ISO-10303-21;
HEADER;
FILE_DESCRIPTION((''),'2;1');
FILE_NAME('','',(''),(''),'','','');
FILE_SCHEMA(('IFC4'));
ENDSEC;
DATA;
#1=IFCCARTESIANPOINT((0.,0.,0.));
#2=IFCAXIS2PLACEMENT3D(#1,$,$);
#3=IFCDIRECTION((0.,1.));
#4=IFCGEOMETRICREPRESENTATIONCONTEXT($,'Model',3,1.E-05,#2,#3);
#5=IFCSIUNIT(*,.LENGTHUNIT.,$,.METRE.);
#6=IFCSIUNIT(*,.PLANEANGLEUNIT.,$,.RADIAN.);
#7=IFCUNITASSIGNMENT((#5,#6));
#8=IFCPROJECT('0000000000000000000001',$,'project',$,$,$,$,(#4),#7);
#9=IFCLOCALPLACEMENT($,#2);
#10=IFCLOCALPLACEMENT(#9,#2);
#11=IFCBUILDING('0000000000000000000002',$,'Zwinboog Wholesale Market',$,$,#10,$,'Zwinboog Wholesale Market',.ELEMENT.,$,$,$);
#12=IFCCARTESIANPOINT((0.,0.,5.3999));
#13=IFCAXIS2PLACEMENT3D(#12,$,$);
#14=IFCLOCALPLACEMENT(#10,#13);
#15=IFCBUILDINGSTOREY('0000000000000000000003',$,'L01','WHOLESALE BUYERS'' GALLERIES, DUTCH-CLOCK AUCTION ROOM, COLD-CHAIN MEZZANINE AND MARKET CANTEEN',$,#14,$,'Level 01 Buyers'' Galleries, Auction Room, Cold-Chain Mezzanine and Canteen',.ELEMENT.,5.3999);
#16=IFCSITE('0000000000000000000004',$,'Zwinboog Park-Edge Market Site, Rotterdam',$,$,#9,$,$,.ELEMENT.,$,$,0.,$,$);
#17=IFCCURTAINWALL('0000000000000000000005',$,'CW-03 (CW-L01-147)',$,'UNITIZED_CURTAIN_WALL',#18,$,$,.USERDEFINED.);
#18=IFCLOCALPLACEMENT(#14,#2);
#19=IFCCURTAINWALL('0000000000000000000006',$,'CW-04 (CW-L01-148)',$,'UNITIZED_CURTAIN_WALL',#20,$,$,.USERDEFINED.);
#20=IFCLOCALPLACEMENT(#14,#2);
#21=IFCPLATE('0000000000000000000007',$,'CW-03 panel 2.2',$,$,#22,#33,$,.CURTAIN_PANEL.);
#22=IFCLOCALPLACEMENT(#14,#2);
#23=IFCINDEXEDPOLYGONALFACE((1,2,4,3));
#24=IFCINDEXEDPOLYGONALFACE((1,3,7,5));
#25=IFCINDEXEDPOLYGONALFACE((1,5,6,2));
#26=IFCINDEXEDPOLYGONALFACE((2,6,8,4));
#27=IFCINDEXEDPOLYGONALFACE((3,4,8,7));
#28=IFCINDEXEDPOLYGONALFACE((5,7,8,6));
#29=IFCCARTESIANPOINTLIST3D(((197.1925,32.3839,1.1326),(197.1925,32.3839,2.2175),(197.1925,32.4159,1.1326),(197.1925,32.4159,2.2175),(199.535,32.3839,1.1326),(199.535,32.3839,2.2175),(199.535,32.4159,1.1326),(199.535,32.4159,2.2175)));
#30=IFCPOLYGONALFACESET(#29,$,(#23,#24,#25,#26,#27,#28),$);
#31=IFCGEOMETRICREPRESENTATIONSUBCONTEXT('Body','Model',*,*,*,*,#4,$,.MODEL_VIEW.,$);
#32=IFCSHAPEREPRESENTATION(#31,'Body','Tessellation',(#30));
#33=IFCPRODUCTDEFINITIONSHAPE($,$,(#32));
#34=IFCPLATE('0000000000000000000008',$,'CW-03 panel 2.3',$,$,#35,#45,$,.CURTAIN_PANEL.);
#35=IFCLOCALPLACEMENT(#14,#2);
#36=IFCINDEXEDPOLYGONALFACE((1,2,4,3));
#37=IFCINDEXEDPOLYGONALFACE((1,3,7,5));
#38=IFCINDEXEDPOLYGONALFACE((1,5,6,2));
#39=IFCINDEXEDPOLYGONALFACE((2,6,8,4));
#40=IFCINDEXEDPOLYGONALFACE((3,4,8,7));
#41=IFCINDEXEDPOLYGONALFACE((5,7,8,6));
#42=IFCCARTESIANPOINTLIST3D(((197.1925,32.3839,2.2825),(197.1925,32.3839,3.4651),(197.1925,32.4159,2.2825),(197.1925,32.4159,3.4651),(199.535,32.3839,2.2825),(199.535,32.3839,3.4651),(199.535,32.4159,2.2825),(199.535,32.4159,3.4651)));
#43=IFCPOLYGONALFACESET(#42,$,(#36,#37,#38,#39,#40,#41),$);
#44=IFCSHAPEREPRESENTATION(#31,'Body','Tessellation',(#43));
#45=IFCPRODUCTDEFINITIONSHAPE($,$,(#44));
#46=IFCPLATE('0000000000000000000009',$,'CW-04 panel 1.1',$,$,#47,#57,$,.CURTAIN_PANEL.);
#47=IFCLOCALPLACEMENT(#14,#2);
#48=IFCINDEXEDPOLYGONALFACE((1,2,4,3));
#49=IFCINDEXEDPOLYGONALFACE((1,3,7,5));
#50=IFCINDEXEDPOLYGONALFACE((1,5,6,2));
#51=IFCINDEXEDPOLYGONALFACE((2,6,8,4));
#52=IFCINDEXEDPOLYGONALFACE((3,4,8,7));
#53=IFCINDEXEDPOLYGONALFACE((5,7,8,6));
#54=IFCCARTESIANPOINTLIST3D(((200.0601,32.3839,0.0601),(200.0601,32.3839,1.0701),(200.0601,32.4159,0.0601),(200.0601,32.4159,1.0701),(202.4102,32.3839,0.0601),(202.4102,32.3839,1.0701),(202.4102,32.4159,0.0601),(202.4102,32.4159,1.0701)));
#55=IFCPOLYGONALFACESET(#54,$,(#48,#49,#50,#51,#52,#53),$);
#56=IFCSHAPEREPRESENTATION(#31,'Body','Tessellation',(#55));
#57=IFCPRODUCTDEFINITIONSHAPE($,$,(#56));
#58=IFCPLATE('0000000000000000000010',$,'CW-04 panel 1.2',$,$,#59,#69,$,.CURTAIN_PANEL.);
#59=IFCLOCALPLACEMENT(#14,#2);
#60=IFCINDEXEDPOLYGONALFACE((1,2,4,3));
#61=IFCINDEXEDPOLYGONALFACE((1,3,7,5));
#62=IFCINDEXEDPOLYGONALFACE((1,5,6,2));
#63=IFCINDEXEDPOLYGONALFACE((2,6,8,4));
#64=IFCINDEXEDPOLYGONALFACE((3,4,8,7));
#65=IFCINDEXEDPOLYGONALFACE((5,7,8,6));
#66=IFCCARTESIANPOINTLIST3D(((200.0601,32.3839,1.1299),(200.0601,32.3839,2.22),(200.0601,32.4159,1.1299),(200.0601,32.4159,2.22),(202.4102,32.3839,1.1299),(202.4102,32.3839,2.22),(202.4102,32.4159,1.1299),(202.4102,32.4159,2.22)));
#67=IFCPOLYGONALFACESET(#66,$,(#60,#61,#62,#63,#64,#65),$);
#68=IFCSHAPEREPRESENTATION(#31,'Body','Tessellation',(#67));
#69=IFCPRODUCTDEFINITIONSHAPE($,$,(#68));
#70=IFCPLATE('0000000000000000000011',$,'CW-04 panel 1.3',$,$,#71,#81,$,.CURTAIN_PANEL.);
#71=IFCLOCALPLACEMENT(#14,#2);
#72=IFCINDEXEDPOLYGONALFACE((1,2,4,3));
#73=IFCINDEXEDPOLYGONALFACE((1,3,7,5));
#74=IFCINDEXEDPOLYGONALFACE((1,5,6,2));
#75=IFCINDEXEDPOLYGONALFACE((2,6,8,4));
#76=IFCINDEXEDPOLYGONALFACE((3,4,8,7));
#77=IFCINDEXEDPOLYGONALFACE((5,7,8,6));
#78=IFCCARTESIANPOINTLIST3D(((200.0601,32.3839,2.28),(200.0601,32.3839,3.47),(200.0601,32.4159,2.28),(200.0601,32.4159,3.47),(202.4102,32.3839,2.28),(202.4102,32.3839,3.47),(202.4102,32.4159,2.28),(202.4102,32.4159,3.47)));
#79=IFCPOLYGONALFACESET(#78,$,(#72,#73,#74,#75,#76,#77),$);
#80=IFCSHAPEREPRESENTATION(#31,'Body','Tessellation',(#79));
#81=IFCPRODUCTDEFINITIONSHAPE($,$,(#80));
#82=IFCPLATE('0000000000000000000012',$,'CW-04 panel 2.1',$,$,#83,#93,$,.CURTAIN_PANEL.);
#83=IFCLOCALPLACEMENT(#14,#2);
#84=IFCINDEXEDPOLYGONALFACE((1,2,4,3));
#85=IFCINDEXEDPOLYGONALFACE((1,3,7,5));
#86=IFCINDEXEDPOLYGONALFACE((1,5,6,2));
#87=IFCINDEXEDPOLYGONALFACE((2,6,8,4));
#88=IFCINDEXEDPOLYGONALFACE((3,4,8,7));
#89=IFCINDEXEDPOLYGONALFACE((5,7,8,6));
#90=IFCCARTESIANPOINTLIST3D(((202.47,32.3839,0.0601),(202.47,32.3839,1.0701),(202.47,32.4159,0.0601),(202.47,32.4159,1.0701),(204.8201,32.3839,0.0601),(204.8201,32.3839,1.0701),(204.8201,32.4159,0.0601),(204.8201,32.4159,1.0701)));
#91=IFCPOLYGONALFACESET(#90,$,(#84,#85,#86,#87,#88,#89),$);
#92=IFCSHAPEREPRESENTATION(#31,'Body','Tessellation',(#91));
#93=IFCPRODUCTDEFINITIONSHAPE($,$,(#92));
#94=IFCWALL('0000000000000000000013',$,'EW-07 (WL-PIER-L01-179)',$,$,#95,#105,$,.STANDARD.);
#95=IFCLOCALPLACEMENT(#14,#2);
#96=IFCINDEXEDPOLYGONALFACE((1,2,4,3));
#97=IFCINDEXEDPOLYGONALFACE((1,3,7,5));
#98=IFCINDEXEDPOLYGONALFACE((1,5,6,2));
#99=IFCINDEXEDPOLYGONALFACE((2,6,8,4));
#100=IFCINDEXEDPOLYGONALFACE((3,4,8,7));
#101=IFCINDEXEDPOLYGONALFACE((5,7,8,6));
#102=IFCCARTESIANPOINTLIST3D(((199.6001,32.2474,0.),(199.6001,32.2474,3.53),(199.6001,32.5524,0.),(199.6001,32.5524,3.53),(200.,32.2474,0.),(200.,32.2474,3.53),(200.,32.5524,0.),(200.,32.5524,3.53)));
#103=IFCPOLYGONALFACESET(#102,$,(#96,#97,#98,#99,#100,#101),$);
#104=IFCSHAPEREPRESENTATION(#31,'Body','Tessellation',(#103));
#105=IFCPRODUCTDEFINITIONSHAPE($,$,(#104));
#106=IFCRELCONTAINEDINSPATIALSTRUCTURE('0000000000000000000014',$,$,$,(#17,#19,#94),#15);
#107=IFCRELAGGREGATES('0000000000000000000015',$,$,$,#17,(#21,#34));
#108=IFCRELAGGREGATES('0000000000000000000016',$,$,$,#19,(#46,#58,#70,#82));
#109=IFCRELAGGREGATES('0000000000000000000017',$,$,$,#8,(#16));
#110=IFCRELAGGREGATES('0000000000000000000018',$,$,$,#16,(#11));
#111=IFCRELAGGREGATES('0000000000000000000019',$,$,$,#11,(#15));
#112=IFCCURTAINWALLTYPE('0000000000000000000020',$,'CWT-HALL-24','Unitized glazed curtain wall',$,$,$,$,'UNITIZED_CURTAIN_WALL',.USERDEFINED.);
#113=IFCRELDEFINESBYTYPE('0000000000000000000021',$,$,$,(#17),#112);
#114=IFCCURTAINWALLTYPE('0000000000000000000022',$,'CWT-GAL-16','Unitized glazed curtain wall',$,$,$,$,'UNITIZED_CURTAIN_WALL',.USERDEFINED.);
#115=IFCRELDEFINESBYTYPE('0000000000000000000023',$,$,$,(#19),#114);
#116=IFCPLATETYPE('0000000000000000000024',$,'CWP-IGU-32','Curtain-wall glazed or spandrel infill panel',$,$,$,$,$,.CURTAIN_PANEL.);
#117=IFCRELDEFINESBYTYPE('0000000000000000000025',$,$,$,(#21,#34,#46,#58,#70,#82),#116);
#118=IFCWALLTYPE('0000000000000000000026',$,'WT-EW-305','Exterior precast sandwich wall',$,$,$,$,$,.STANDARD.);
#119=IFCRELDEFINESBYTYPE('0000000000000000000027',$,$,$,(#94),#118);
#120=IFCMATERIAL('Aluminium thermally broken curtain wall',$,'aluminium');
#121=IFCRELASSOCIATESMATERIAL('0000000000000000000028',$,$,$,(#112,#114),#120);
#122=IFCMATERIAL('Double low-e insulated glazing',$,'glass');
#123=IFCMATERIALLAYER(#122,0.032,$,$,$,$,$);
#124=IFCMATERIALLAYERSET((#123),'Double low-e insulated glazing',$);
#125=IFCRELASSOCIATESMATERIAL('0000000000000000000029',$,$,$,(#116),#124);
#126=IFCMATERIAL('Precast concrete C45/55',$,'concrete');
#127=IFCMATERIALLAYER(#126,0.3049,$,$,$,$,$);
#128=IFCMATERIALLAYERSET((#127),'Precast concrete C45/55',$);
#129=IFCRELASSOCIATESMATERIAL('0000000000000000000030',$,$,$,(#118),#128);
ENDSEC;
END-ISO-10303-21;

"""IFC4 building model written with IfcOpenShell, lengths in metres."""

from ifc_helpers import new_model, si_unit, direction, frame, frame_2d, origin, origin_2d, place, context, subcontext, project, spatial, rectangle, extrude, material, layer, layer_set, type_object, element, aggregate, save


model = new_model("IFC4")

# Units and contexts
model_context = context("Model", 3, precision=1e-05, world=origin(), true_north=direction((0.0, 1.0)))
body_context = subcontext(model_context, "Body", "Model", "MODEL_VIEW")
ifc_project = project(units=[si_unit("LENGTHUNIT", "METRE"), si_unit("PLANEANGLEUNIT", "RADIAN")], contexts=[model_context])

# Site, building, storey
site_placement = place(None, origin())
site = spatial("IfcSite", under=ifc_project, at=site_placement, Name="Zwinboog Park-Edge Market Site, Rotterdam", CompositionType="ELEMENT", RefElevation=0.0)
building_placement = place(site_placement, origin())
building = spatial("IfcBuilding", under=site, at=building_placement, Name="Zwinboog Wholesale Market", LongName="Zwinboog Wholesale Market", CompositionType="ELEMENT")
storey_placement = place(building_placement, frame((0.0, 0.0, 5.3999)))
storey = spatial("IfcBuildingStorey", under=building, at=storey_placement, Name="L01", Description="WHOLESALE BUYERS' GALLERIES, DUTCH-CLOCK AUCTION ROOM, COLD-CHAIN MEZZANINE AND MARKET CANTEEN", LongName="Level 01 Buyers' Galleries, Auction Room, Cold-Chain Mezzanine and Canteen", CompositionType="ELEMENT", Elevation=5.3999)

# Curtain wall
ifc_material_1 = material(Name="Aluminium thermally broken curtain wall", Category="aluminium")
curtain_wall_type_1 = type_object("IfcCurtainWallType", Name="CWT-HALL-24", Description="Unitized glazed curtain wall", ElementType="UNITIZED_CURTAIN_WALL", PredefinedType="USERDEFINED", material=ifc_material_1)
curtain_wall_1_placement = place(storey_placement, origin())
curtain_wall_1 = element("IfcCurtainWall", 1, at=curtain_wall_1_placement, inside=storey, type_object=curtain_wall_type_1, Name="CW-03 (CW-L01-147)", ObjectType="UNITIZED_CURTAIN_WALL", PredefinedType="USERDEFINED")

# Curtain wall
curtain_wall_type_2 = type_object("IfcCurtainWallType", Name="CWT-GAL-16", Description="Unitized glazed curtain wall", ElementType="UNITIZED_CURTAIN_WALL", PredefinedType="USERDEFINED", material=ifc_material_1)
curtain_wall_2_placement = place(storey_placement, origin())
curtain_wall_2 = element("IfcCurtainWall", 2, at=curtain_wall_2_placement, inside=storey, type_object=curtain_wall_type_2, Name="CW-04 (CW-L01-148)", ObjectType="UNITIZED_CURTAIN_WALL", PredefinedType="USERDEFINED")

# Plates
ifc_material_2 = material(Name="Double low-e insulated glazing", Category="glass")
ifc_layer_1 = layer(ifc_material_2, 0.032)
ifc_layer_set_1 = layer_set([ifc_layer_1], Name="Double low-e insulated glazing")
plate_type = type_object("IfcPlateType", Name="CWP-IGU-32", Description="Curtain-wall glazed or spandrel infill panel", PredefinedType="CURTAIN_PANEL", material=ifc_layer_set_1)
plate_1_placement = place(storey_placement, frame((198.3638, 32.3999, 1.1326), z_axis=(0.0, 0.0, 1.0), x_axis=(1.0, 0.0, 0.0)))
plate_1 = element("IfcPlate", 3, at=plate_1_placement, type_object=plate_type, Name="CW-03 panel 2.2", PredefinedType="CURTAIN_PANEL", context=body_context, shape_type="SweptSolid", body=[
    extrude(rectangle(XDim=2.3425, YDim=0.032, at=origin_2d()), origin(), (0.0, 0.0, 1.0), 1.085),
])
plate_2_placement = place(storey_placement, frame((198.3638, 32.3999, 2.2825), z_axis=(0.0, 0.0, 1.0), x_axis=(1.0, 0.0, 0.0)))
plate_2 = element("IfcPlate", 4, at=plate_2_placement, type_object=plate_type, Name="CW-03 panel 2.3", PredefinedType="CURTAIN_PANEL", context=body_context, shape_type="SweptSolid", body=[
    extrude(rectangle(XDim=2.3425, YDim=0.032, at=origin_2d()), origin(), (0.0, 0.0, 1.0), 1.1826),
])
aggregate(curtain_wall_1, [plate_1, plate_2])
plate_3_placement = place(storey_placement, frame((201.2351, 32.3999, 0.0601), z_axis=(0.0, 0.0, 1.0), x_axis=(1.0, 0.0, 0.0)))
plate_3 = element("IfcPlate", 5, at=plate_3_placement, type_object=plate_type, Name="CW-04 panel 1.1", PredefinedType="CURTAIN_PANEL", context=body_context, shape_type="SweptSolid", body=[
    extrude(rectangle(XDim=2.3501, YDim=0.032, at=origin_2d()), origin(), (0.0, 0.0, 1.0), 1.01),
])
plate_4_placement = place(storey_placement, frame((201.2351, 32.3999, 1.1299), z_axis=(0.0, 0.0, 1.0), x_axis=(1.0, 0.0, 0.0)))
plate_4 = element("IfcPlate", 6, at=plate_4_placement, type_object=plate_type, Name="CW-04 panel 1.2", PredefinedType="CURTAIN_PANEL", context=body_context, shape_type="SweptSolid", body=[
    extrude(rectangle(XDim=2.3501, YDim=0.032, at=origin_2d()), origin(), (0.0, 0.0, 1.0), 1.0901),
])
plate_5_placement = place(storey_placement, frame((201.2351, 32.3999, 2.28), z_axis=(0.0, 0.0, 1.0), x_axis=(1.0, 0.0, 0.0)))
plate_5 = element("IfcPlate", 7, at=plate_5_placement, type_object=plate_type, Name="CW-04 panel 1.3", PredefinedType="CURTAIN_PANEL", context=body_context, shape_type="SweptSolid", body=[
    extrude(rectangle(XDim=2.3501, YDim=0.032, at=origin_2d()), origin(), (0.0, 0.0, 1.0), 1.1899),
])
plate_6_placement = place(storey_placement, frame((203.645, 32.3999, 0.0601), z_axis=(0.0, 0.0, 1.0), x_axis=(1.0, 0.0, 0.0)))
plate_6 = element("IfcPlate", 8, at=plate_6_placement, type_object=plate_type, Name="CW-04 panel 2.1", PredefinedType="CURTAIN_PANEL", context=body_context, shape_type="SweptSolid", body=[
    extrude(rectangle(XDim=2.3501, YDim=0.032, at=origin_2d()), origin(), (0.0, 0.0, 1.0), 1.01),
])
aggregate(curtain_wall_2, [plate_3, plate_4, plate_5, plate_6])

# Wall
ifc_material_3 = material(Name="Precast concrete C45/55", Category="concrete")
ifc_layer_2 = layer(ifc_material_3, 0.3049)
ifc_layer_set_2 = layer_set([ifc_layer_2], Name="Precast concrete C45/55")
wall_type = type_object("IfcWallType", Name="WT-EW-305", Description="Exterior precast sandwich wall", PredefinedType="STANDARD", material=ifc_layer_set_2)
wall_placement = place(storey_placement, frame((199.6001, 32.3999, 0.0), z_axis=(0.0, 0.0, 1.0), x_axis=(1.0, 0.0, 0.0)))
element("IfcWall", 9, at=wall_placement, inside=storey, type_object=wall_type, Name="EW-07 (WL-PIER-L01-179)", PredefinedType="STANDARD", context=body_context, shape_type="SweptSolid", body=[
    extrude(rectangle(XDim=0.3999, YDim=0.3049, at=frame_2d((0.2, 0.0))), origin(), (0.0, 0.0, 1.0), 3.53),
])

save(model, "model.ifc")
